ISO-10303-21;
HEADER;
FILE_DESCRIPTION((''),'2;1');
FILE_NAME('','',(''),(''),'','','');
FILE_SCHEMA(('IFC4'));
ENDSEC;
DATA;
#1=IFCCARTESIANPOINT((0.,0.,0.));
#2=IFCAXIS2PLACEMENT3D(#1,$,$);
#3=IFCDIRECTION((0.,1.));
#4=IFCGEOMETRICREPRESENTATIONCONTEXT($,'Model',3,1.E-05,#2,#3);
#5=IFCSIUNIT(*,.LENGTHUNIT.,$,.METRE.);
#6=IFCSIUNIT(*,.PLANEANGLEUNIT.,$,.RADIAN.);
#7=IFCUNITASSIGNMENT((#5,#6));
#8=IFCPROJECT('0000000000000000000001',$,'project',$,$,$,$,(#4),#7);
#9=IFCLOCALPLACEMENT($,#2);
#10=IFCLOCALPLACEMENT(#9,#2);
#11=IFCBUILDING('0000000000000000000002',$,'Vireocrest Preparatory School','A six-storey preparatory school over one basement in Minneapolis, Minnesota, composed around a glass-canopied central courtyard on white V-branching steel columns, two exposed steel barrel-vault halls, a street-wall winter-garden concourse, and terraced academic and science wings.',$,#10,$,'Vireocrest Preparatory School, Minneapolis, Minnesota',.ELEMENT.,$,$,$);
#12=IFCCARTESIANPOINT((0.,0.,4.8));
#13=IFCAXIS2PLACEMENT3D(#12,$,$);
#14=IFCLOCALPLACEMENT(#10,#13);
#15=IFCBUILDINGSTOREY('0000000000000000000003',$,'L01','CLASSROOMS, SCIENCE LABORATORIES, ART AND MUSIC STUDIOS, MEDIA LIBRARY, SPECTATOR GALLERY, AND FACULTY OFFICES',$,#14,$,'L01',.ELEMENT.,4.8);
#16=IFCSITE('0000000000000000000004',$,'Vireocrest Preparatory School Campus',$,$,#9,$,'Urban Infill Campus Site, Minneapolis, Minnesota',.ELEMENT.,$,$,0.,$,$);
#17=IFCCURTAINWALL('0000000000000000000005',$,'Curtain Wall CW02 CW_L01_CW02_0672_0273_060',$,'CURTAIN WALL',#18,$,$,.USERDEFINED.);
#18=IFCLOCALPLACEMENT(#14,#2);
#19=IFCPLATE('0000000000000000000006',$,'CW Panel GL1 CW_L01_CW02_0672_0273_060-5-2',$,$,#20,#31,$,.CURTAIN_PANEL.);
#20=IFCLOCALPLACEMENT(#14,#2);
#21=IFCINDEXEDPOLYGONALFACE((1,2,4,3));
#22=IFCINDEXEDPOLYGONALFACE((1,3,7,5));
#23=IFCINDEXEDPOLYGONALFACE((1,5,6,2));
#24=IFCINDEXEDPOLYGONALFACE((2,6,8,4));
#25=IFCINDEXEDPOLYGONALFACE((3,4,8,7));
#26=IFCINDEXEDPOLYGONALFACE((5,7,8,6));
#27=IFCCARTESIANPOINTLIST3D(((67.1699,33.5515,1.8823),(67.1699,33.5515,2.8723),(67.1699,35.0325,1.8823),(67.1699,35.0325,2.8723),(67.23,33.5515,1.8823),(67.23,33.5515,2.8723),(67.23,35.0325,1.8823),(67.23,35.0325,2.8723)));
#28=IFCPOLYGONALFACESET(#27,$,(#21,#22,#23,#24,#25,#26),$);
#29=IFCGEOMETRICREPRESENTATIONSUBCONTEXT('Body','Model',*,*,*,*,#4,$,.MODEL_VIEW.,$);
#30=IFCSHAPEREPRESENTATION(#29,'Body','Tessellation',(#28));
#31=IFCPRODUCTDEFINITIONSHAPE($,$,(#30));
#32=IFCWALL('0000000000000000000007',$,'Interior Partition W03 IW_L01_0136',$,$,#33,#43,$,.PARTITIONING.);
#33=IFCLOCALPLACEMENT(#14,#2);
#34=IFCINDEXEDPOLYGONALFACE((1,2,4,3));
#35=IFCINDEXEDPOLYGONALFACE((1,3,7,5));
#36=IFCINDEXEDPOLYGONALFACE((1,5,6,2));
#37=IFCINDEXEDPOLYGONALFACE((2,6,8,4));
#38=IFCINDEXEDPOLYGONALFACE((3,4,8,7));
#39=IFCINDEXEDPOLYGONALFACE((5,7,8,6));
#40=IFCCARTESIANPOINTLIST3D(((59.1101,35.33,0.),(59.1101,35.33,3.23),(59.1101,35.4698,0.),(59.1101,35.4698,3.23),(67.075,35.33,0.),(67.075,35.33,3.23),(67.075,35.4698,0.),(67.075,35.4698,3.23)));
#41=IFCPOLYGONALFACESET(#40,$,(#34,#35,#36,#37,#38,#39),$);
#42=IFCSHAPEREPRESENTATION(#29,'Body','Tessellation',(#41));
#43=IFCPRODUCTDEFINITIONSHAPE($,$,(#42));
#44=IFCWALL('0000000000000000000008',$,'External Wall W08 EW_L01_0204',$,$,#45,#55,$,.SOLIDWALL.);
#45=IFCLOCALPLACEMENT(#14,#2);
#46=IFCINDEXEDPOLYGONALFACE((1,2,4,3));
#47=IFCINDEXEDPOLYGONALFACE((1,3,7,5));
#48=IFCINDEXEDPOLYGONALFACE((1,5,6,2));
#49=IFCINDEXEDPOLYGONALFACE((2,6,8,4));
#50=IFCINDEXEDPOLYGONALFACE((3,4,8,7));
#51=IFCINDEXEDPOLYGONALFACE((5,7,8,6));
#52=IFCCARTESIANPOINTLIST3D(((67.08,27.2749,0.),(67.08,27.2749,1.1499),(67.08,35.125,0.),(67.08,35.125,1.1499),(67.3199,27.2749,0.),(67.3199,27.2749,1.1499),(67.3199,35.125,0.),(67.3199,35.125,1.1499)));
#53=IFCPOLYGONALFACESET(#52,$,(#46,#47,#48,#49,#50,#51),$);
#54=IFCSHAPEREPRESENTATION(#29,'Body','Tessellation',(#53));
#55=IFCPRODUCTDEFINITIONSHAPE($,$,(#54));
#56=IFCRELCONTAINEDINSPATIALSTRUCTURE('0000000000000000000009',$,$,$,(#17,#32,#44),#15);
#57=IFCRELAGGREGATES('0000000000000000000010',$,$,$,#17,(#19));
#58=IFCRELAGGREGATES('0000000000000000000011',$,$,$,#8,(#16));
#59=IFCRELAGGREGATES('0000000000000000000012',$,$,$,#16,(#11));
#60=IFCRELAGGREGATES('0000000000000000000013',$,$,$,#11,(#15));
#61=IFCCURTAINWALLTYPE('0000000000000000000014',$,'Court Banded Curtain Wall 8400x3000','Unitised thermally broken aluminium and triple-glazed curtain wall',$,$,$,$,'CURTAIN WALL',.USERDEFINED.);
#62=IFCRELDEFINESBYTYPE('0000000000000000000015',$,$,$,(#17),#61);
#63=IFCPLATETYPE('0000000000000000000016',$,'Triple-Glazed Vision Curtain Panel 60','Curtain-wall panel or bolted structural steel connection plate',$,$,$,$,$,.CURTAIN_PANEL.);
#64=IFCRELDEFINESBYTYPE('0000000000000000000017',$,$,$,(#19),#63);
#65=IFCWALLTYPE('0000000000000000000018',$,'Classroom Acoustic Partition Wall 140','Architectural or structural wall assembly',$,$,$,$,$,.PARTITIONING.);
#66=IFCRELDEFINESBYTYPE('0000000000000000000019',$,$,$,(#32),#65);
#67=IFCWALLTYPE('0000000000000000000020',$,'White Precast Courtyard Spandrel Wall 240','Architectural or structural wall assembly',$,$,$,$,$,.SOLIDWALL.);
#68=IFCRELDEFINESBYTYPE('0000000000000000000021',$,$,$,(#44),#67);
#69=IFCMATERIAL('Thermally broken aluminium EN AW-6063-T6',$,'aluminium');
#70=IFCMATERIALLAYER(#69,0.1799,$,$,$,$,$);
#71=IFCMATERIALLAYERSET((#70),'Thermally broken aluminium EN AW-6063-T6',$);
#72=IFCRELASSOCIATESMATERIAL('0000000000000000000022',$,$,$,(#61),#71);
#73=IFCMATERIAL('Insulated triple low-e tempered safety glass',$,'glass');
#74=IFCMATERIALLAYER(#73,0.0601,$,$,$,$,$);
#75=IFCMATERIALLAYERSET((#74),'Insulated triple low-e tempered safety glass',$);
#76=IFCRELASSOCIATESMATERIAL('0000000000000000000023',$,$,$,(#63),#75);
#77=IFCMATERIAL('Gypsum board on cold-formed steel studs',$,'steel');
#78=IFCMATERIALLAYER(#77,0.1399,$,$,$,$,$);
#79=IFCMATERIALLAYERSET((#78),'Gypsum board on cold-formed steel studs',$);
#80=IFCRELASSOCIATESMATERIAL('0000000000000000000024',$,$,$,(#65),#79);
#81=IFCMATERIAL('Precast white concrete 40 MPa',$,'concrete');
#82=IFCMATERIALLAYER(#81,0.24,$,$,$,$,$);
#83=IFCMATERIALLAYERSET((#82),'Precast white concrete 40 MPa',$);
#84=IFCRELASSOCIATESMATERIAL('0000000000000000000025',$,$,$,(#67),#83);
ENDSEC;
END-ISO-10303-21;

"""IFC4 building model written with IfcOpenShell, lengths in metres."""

from ifc_helpers import new_model, si_unit, direction, frame, frame_2d, origin, origin_2d, place, context, subcontext, project, spatial, rectangle, extrude, material, layer, layer_set, type_object, element, aggregate, save


model = new_model("IFC4")

# Units and contexts
model_context = context("Model", 3, precision=1e-05, world=origin(), true_north=direction((0.0, 1.0)))
body_context = subcontext(model_context, "Body", "Model", "MODEL_VIEW")
ifc_project = project(units=[si_unit("LENGTHUNIT", "METRE"), si_unit("PLANEANGLEUNIT", "RADIAN")], contexts=[model_context])

# Site, building, storey
site_placement = place(None, origin())
site = spatial("IfcSite", under=ifc_project, at=site_placement, Name="Vireocrest Preparatory School Campus", LongName="Urban Infill Campus Site, Minneapolis, Minnesota", CompositionType="ELEMENT", RefElevation=0.0)
building_placement = place(site_placement, origin())
building = spatial("IfcBuilding", under=site, at=building_placement, Name="Vireocrest Preparatory School", Description="A six-storey preparatory school over one basement in Minneapolis, Minnesota, composed around a glass-canopied central courtyard on white V-branching steel columns, two exposed steel barrel-vault halls, a street-wall winter-garden concourse, and terraced academic and science wings.", LongName="Vireocrest Preparatory School, Minneapolis, Minnesota", CompositionType="ELEMENT")
storey_placement = place(building_placement, frame((0.0, 0.0, 4.8)))
storey = spatial("IfcBuildingStorey", under=building, at=storey_placement, Name="L01", Description="CLASSROOMS, SCIENCE LABORATORIES, ART AND MUSIC STUDIOS, MEDIA LIBRARY, SPECTATOR GALLERY, AND FACULTY OFFICES", LongName="L01", CompositionType="ELEMENT", Elevation=4.8)

# Curtain wall
ifc_material_1 = material(Name="Thermally broken aluminium EN AW-6063-T6", Category="aluminium")
ifc_layer_1 = layer(ifc_material_1, 0.1799)
ifc_layer_set_1 = layer_set([ifc_layer_1], Name="Thermally broken aluminium EN AW-6063-T6")
curtain_wall_type = type_object("IfcCurtainWallType", Name="Court Banded Curtain Wall 8400x3000", Description="Unitised thermally broken aluminium and triple-glazed curtain wall", ElementType="CURTAIN WALL", PredefinedType="USERDEFINED", material=ifc_layer_set_1)
curtain_wall_placement = place(storey_placement, origin())
curtain_wall = element("IfcCurtainWall", 1, at=curtain_wall_placement, inside=storey, type_object=curtain_wall_type, Name="Curtain Wall CW02 CW_L01_CW02_0672_0273_060", ObjectType="CURTAIN WALL", PredefinedType="USERDEFINED")

# Plate
ifc_material_2 = material(Name="Insulated triple low-e tempered safety glass", Category="glass")
ifc_layer_2 = layer(ifc_material_2, 0.0601)
ifc_layer_set_2 = layer_set([ifc_layer_2], Name="Insulated triple low-e tempered safety glass")
plate_type = type_object("IfcPlateType", Name="Triple-Glazed Vision Curtain Panel 60", Description="Curtain-wall panel or bolted structural steel connection plate", PredefinedType="CURTAIN_PANEL", material=ifc_layer_set_2)
plate_1_placement = place(storey_placement, frame((67.2, 34.292, 1.8823), z_axis=(0.0, 0.0, 1.0), x_axis=(0.0, 1.0, 0.0)))
plate_1 = element("IfcPlate", 2, at=plate_1_placement, type_object=plate_type, Name="CW Panel GL1 CW_L01_CW02_0672_0273_060-5-2", PredefinedType="CURTAIN_PANEL", context=body_context, shape_type="SweptSolid", body=[
    extrude(rectangle(XDim=1.481, YDim=0.0601, at=origin_2d()), origin(), (0.0, 0.0, 1.0), 0.99),
])
aggregate(curtain_wall, [plate_1])

# Walls
ifc_material_3 = material(Name="Gypsum board on cold-formed steel studs", Category="steel")
ifc_layer_3 = layer(ifc_material_3, 0.1399)
ifc_layer_set_3 = layer_set([ifc_layer_3], Name="Gypsum board on cold-formed steel studs")
wall_type_1 = type_object("IfcWallType", Name="Classroom Acoustic Partition Wall 140", Description="Architectural or structural wall assembly", PredefinedType="PARTITIONING", material=ifc_layer_set_3)
wall_1_placement = place(storey_placement, frame((59.1101, 35.3999, 0.0), z_axis=(0.0, 0.0, 1.0), x_axis=(1.0, 0.0, 0.0)))
element("IfcWall", 3, at=wall_1_placement, inside=storey, type_object=wall_type_1, Name="Interior Partition W03 IW_L01_0136", PredefinedType="PARTITIONING", context=body_context, shape_type="SweptSolid", body=[
    extrude(rectangle(XDim=7.9648, YDim=0.1399, at=frame_2d((3.9824, 0.0))), origin(), (0.0, 0.0, 1.0), 3.23),
])
ifc_material_4 = material(Name="Precast white concrete 40 MPa", Category="concrete")
ifc_layer_4 = layer(ifc_material_4, 0.24)
ifc_layer_set_4 = layer_set([ifc_layer_4], Name="Precast white concrete 40 MPa")
wall_type_2 = type_object("IfcWallType", Name="White Precast Courtyard Spandrel Wall 240", Description="Architectural or structural wall assembly", PredefinedType="SOLIDWALL", material=ifc_layer_set_4)
wall_2_placement = place(storey_placement, frame((67.2, 27.2749, 0.0), z_axis=(0.0, 0.0, 1.0), x_axis=(0.0, 1.0, 0.0)))
element("IfcWall", 4, at=wall_2_placement, inside=storey, type_object=wall_type_2, Name="External Wall W08 EW_L01_0204", PredefinedType="SOLIDWALL", context=body_context, shape_type="SweptSolid", body=[
    extrude(rectangle(XDim=7.8501, YDim=0.24, at=frame_2d((3.925, 0.0))), origin(), (0.0, 0.0, 1.0), 1.1499),
])

save(model, "model.ifc")
